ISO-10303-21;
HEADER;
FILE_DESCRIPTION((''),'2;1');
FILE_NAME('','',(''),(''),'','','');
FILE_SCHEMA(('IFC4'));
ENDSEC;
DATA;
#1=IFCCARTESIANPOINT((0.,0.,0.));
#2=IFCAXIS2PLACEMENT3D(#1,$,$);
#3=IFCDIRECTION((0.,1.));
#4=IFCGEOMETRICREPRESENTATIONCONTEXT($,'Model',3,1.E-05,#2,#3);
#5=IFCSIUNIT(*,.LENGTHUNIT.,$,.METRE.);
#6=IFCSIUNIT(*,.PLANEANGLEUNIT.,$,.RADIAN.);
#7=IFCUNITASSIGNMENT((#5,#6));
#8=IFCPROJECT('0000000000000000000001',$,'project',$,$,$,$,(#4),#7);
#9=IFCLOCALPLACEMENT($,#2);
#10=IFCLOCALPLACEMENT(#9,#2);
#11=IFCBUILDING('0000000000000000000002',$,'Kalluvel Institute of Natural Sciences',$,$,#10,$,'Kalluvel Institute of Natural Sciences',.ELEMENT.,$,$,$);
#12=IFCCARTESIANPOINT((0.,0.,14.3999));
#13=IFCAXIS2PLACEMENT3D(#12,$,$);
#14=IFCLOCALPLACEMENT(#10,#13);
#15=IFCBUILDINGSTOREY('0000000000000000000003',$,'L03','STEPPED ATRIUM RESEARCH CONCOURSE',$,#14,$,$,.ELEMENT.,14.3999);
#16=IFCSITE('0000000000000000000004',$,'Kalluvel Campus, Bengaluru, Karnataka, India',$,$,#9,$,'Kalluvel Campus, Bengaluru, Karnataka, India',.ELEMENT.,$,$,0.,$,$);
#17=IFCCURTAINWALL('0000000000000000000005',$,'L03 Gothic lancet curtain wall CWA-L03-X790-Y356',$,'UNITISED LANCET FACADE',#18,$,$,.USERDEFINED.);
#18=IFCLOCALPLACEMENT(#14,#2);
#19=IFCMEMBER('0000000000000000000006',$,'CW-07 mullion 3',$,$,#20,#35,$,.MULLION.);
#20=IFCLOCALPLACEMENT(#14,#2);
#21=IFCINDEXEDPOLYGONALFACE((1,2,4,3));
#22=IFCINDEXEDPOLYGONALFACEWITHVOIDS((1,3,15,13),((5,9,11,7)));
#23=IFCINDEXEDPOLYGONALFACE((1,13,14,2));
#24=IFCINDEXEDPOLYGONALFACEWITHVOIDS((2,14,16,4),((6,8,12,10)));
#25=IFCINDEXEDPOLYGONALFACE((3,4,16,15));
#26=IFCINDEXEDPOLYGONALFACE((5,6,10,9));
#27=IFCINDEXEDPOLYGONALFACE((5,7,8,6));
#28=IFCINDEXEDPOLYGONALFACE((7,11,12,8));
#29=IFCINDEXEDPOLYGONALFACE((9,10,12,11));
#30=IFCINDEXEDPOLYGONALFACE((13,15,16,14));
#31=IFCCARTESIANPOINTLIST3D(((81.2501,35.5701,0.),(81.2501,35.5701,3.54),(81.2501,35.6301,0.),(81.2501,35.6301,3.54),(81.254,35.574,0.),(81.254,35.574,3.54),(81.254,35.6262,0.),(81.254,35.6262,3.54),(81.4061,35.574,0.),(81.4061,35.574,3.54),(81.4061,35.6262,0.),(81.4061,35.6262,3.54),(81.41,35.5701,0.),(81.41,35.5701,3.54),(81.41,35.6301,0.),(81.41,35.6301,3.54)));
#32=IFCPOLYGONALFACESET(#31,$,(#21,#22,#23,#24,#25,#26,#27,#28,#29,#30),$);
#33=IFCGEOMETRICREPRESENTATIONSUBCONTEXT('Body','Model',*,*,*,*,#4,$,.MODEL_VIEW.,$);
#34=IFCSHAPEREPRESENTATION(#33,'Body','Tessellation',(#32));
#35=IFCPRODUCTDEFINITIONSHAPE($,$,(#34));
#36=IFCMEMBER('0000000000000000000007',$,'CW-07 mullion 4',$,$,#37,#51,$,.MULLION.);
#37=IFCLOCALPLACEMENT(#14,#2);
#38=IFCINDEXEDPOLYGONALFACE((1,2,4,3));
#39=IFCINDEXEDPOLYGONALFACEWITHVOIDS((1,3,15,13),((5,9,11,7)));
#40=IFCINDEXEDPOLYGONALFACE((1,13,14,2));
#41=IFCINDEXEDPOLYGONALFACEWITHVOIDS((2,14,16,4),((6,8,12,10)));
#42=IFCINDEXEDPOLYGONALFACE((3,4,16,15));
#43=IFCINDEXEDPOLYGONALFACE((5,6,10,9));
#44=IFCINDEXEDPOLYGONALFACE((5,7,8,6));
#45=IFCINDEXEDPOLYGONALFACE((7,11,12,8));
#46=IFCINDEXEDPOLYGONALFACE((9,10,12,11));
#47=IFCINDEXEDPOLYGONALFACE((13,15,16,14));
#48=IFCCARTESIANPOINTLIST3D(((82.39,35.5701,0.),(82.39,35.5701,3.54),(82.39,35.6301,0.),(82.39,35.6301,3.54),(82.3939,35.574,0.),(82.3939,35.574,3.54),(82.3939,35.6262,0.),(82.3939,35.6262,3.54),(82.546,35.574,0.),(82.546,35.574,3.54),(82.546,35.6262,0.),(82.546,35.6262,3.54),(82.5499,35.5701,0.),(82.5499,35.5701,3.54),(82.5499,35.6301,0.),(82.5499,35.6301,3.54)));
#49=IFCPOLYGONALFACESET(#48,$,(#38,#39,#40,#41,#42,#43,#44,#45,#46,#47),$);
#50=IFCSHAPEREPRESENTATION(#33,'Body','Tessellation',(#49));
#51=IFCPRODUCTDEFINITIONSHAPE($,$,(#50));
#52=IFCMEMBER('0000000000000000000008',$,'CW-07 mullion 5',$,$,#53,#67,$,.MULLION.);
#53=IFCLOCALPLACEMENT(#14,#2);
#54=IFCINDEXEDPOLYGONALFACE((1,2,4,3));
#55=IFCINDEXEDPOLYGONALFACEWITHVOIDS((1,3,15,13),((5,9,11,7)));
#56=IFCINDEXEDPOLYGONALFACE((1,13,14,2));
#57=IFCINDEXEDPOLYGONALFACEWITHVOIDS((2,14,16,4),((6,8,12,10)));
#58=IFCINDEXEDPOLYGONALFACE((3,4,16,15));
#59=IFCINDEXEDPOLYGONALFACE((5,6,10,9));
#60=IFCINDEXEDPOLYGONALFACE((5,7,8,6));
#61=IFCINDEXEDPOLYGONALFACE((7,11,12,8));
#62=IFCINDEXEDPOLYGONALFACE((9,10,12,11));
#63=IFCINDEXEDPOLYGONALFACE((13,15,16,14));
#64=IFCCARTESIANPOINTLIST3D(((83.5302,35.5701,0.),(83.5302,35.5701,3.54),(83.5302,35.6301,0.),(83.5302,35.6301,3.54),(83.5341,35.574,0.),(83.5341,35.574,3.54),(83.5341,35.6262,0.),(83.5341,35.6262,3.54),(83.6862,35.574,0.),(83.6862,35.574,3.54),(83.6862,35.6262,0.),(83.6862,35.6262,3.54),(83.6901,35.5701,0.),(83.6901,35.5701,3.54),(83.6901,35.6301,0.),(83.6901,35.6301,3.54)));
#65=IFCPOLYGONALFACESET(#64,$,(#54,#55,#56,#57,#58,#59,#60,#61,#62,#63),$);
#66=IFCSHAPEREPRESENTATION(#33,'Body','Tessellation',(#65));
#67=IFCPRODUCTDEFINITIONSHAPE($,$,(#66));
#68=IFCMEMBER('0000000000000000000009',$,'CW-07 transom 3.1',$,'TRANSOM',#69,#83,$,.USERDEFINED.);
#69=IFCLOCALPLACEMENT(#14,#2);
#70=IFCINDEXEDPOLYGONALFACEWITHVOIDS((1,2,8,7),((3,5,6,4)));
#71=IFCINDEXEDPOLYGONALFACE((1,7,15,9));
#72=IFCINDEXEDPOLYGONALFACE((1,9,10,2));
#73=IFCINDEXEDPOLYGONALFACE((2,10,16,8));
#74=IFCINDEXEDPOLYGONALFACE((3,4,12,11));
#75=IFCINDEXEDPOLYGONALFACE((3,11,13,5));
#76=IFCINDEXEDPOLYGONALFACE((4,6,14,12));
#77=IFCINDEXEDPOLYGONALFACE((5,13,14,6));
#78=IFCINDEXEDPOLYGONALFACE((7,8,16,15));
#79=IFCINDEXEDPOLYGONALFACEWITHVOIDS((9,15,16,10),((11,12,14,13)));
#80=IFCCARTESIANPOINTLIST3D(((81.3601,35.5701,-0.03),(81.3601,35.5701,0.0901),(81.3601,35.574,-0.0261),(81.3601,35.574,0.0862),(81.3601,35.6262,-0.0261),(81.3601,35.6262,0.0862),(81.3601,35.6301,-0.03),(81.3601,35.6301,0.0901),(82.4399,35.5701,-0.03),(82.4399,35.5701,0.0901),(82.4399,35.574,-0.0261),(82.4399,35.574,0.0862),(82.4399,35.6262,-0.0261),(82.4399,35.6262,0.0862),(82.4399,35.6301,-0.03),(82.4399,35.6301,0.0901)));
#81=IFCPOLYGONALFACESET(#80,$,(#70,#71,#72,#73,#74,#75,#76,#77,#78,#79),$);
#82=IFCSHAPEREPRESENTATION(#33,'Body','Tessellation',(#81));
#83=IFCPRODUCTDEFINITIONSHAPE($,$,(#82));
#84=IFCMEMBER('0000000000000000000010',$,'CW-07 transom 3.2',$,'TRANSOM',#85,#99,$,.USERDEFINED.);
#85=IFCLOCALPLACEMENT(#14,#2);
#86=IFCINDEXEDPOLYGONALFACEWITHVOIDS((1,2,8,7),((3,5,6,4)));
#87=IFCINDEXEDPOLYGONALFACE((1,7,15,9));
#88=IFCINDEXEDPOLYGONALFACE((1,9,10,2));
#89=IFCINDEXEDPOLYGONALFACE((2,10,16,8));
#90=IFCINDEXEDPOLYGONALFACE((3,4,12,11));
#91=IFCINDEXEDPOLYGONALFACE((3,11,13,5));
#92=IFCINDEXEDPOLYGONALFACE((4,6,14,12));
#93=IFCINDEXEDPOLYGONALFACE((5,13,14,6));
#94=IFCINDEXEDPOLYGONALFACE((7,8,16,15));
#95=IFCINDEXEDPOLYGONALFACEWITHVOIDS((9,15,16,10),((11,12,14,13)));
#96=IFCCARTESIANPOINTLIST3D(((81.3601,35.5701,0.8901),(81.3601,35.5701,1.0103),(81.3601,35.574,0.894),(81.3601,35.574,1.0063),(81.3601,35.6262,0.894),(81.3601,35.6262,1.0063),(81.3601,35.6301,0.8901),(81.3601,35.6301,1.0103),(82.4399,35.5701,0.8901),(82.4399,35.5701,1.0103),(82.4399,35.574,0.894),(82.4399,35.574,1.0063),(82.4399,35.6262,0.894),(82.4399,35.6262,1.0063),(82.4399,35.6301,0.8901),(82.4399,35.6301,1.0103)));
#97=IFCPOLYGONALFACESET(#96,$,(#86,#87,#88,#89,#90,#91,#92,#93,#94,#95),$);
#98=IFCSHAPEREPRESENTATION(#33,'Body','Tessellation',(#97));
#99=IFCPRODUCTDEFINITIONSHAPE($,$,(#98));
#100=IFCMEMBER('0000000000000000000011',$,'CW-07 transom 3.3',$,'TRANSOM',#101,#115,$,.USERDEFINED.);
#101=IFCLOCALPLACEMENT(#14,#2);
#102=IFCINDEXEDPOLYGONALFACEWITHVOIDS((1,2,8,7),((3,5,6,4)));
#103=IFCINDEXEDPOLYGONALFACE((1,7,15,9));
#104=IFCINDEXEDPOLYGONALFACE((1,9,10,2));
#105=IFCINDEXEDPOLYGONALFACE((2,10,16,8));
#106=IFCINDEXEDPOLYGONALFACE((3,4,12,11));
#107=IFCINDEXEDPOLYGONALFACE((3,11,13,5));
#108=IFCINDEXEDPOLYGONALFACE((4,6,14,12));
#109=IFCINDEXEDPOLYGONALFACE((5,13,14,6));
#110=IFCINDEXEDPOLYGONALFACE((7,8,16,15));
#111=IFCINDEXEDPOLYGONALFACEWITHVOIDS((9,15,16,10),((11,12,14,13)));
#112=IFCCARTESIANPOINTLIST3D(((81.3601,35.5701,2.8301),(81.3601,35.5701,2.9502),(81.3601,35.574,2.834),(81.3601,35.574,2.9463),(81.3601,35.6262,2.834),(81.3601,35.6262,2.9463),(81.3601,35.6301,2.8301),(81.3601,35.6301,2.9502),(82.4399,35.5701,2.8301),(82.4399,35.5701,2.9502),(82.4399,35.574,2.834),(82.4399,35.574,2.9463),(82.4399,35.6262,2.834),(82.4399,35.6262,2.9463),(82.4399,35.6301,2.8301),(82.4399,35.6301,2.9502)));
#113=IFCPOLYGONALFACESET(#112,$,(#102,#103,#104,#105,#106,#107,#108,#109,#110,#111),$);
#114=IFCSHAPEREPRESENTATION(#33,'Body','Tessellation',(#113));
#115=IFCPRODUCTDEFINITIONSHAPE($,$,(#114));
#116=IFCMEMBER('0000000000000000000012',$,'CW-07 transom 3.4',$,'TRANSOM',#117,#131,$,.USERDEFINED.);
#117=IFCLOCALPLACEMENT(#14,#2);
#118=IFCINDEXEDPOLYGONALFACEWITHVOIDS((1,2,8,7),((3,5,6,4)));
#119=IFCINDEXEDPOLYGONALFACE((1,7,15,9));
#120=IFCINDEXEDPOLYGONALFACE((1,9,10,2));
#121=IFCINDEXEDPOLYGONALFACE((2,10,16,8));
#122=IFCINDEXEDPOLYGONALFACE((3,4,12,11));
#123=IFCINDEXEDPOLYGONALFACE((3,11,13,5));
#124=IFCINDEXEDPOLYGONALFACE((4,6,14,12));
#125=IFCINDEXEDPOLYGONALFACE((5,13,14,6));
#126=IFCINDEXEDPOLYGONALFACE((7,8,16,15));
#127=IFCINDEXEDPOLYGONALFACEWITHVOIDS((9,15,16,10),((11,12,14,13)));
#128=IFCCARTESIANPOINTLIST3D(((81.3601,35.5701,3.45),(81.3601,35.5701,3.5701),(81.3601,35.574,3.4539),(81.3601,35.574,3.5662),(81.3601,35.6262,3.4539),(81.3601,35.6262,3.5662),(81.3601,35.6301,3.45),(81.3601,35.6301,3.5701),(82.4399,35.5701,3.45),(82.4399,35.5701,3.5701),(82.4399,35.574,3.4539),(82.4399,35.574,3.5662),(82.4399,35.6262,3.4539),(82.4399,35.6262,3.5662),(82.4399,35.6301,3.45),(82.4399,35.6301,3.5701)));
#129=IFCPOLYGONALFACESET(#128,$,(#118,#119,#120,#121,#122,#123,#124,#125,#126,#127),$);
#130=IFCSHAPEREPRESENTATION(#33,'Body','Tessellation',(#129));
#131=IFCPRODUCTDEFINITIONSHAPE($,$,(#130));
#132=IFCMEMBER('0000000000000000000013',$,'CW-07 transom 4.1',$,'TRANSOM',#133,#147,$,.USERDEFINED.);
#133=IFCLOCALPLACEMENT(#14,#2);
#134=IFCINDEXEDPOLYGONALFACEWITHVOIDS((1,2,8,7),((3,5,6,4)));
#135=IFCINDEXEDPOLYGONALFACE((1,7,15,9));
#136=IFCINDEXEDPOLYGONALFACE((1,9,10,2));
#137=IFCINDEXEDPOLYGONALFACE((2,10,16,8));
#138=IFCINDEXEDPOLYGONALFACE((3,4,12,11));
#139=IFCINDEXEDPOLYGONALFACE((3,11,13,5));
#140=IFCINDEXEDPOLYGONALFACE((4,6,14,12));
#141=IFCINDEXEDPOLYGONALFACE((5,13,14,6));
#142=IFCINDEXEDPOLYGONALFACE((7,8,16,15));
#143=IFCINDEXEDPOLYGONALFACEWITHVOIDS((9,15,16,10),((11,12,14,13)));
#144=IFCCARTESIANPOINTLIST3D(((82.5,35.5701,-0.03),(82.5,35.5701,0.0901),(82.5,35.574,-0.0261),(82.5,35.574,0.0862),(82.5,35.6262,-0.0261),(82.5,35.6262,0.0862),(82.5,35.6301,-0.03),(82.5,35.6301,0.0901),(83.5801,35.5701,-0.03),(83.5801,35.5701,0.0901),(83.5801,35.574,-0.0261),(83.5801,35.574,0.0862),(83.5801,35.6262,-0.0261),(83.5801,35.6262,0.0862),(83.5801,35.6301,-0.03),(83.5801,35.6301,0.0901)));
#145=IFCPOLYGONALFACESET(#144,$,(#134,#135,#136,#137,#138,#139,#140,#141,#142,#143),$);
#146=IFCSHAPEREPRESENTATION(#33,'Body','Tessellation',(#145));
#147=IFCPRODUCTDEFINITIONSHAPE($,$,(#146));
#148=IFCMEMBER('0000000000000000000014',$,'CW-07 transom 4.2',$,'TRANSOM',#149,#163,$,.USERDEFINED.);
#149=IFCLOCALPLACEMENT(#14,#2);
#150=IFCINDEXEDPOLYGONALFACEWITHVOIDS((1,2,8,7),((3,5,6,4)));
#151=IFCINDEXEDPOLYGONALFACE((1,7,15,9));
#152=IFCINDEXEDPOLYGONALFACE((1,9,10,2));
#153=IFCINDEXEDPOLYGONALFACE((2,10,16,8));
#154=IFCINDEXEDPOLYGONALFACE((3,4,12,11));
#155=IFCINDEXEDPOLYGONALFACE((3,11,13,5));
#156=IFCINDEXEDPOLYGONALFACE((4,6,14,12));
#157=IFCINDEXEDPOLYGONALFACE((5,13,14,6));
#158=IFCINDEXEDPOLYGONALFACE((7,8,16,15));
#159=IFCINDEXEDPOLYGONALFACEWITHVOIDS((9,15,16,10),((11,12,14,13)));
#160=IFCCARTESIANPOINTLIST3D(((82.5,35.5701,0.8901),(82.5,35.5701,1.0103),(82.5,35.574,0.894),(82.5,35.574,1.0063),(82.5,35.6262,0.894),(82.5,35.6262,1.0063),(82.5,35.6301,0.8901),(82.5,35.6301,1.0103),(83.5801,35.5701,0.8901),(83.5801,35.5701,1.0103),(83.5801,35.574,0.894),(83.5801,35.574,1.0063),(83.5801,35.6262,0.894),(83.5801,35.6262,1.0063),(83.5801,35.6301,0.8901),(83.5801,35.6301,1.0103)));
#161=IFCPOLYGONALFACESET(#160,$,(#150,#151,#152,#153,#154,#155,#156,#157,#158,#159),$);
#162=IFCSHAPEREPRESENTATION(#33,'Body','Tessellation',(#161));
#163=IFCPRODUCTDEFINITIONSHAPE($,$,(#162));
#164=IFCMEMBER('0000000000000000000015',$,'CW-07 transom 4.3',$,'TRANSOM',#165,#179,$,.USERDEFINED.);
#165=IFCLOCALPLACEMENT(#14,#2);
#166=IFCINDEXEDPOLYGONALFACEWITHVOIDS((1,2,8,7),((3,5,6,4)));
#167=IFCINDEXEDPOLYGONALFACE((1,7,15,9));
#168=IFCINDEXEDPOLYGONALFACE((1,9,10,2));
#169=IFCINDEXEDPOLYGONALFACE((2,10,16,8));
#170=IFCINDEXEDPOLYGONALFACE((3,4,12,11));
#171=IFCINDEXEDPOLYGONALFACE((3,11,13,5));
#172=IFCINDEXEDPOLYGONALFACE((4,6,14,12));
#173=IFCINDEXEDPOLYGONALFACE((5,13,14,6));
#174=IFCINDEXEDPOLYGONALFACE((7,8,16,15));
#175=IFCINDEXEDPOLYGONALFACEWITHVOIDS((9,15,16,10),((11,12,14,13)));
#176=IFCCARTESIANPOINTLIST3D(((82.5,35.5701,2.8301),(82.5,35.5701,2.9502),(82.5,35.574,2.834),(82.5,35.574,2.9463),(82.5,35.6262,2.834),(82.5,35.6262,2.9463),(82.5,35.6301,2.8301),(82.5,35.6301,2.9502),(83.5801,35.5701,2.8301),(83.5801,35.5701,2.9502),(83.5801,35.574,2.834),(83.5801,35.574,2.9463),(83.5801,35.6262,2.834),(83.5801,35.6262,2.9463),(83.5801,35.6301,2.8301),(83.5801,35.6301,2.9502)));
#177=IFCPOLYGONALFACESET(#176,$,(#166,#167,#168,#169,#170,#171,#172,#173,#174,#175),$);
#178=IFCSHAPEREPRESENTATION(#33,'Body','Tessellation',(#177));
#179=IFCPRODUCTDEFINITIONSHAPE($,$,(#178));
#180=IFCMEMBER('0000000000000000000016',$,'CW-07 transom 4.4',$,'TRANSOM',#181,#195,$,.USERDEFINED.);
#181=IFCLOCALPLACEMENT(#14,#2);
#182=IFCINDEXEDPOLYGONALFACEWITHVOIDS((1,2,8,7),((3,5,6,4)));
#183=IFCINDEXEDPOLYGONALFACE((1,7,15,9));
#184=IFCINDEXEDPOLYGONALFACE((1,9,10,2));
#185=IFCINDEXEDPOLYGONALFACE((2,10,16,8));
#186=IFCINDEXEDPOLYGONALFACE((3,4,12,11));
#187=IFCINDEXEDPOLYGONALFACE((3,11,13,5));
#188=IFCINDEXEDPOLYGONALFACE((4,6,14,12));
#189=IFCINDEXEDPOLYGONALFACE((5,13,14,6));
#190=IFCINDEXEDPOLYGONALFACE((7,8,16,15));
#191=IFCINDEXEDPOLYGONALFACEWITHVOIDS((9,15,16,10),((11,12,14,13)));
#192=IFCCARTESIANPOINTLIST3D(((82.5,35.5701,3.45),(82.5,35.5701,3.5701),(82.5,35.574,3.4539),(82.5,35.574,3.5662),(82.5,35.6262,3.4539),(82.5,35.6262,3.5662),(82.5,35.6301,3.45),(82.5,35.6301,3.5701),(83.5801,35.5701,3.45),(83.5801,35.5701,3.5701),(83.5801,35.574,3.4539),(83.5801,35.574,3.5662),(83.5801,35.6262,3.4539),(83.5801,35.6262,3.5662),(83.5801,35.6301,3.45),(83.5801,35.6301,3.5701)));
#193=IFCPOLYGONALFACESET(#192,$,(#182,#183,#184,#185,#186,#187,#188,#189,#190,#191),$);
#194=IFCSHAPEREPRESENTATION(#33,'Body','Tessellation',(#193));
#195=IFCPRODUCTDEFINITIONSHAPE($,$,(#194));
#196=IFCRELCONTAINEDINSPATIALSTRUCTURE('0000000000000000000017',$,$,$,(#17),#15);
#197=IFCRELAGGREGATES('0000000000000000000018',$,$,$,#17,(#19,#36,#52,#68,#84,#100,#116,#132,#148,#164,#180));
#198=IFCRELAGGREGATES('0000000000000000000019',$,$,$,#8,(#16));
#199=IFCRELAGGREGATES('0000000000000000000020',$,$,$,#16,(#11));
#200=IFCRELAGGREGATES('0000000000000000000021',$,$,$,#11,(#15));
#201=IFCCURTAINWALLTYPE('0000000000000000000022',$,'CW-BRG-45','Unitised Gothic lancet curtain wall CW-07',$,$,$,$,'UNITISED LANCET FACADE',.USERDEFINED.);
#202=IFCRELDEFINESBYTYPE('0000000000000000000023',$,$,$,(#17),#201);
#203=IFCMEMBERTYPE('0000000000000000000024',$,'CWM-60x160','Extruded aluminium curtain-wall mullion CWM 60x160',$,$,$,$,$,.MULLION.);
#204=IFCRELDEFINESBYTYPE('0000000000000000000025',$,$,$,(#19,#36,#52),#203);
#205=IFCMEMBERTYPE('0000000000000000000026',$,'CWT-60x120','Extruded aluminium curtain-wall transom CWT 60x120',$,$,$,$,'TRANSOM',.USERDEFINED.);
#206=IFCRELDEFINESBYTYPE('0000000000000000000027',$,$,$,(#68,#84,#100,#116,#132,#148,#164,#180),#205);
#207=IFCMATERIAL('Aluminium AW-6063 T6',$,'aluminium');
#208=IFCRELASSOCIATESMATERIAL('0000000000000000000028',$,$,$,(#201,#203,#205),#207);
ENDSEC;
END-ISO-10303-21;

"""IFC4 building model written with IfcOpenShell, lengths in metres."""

from ifc_helpers import new_model, si_unit, direction, frame, origin, origin_2d, place, context, subcontext, project, spatial, hollow_rectangle, extrude, material, material_profile, profile_set, type_object, element, aggregate, save


model = new_model("IFC4")

# Units and contexts
model_context = context("Model", 3, precision=1e-05, world=origin(), true_north=direction((0.0, 1.0)))
body_context = subcontext(model_context, "Body", "Model", "MODEL_VIEW")
ifc_project = project(units=[si_unit("LENGTHUNIT", "METRE"), si_unit("PLANEANGLEUNIT", "RADIAN")], contexts=[model_context])

# Site, building, storey
site_placement = place(None, origin())
site = spatial("IfcSite", under=ifc_project, at=site_placement, Name="Kalluvel Campus, Bengaluru, Karnataka, India", LongName="Kalluvel Campus, Bengaluru, Karnataka, India", CompositionType="ELEMENT", RefElevation=0.0)
building_placement = place(site_placement, origin())
building = spatial("IfcBuilding", under=site, at=building_placement, Name="Kalluvel Institute of Natural Sciences", LongName="Kalluvel Institute of Natural Sciences", CompositionType="ELEMENT")
storey_placement = place(building_placement, frame((0.0, 0.0, 14.3999)))
storey = spatial("IfcBuildingStorey", under=building, at=storey_placement, Name="L03", Description="STEPPED ATRIUM RESEARCH CONCOURSE", CompositionType="ELEMENT", Elevation=14.3999)

# Curtain wall, members
ifc_material_1 = material(Name="Aluminium AW-6063 T6", Category="aluminium")
curtain_wall_type = type_object("IfcCurtainWallType", Name="CW-BRG-45", Description="Unitised Gothic lancet curtain wall CW-07", ElementType="UNITISED LANCET FACADE", PredefinedType="USERDEFINED", material=ifc_material_1)
curtain_wall_placement = place(storey_placement, origin())
curtain_wall = element("IfcCurtainWall", 1, at=curtain_wall_placement, inside=storey, type_object=curtain_wall_type, Name="L03 Gothic lancet curtain wall CWA-L03-X790-Y356", ObjectType="UNITISED LANCET FACADE", PredefinedType="USERDEFINED")
ifc_material_profile_1 = material_profile(ifc_material_1, hollow_rectangle(XDim=0.0601, YDim=0.1599, WallThickness=0.0039, at=origin_2d()), Name="CWM 60x160")
ifc_profile_set_1 = profile_set([ifc_material_profile_1], Name="Aluminium AW-6063 T6")
member_type_1 = type_object("IfcMemberType", Name="CWM-60x160", Description="Extruded aluminium curtain-wall mullion CWM 60x160", PredefinedType="MULLION", material=ifc_profile_set_1)
member_1_placement = place(storey_placement, frame((81.3301, 35.6001, 0.0), z_axis=(0.0, 0.0, 1.0), x_axis=(0.0, 1.0, 0.0)))
member_1 = element("IfcMember", 2, at=member_1_placement, type_object=member_type_1, Name="CW-07 mullion 3", PredefinedType="MULLION", context=body_context, shape_type="SweptSolid", body=[
    extrude(hollow_rectangle(XDim=0.0601, YDim=0.1599, WallThickness=0.0039, at=origin_2d()), origin(), (0.0, 0.0, 1.0), 3.54),
])
member_2_placement = place(storey_placement, frame((82.47, 35.6001, 0.0), z_axis=(0.0, 0.0, 1.0), x_axis=(0.0, 1.0, 0.0)))
member_2 = element("IfcMember", 3, at=member_2_placement, type_object=member_type_1, Name="CW-07 mullion 4", PredefinedType="MULLION", context=body_context, shape_type="SweptSolid", body=[
    extrude(hollow_rectangle(XDim=0.0601, YDim=0.1599, WallThickness=0.0039, at=origin_2d()), origin(), (0.0, 0.0, 1.0), 3.54),
])
member_3_placement = place(storey_placement, frame((83.6101, 35.6001, 0.0), z_axis=(0.0, 0.0, 1.0), x_axis=(0.0, 1.0, 0.0)))
member_3 = element("IfcMember", 4, at=member_3_placement, type_object=member_type_1, Name="CW-07 mullion 5", PredefinedType="MULLION", context=body_context, shape_type="SweptSolid", body=[
    extrude(hollow_rectangle(XDim=0.0601, YDim=0.1599, WallThickness=0.0039, at=origin_2d()), origin(), (0.0, 0.0, 1.0), 3.54),
])
ifc_material_profile_2 = material_profile(ifc_material_1, hollow_rectangle(XDim=0.0601, YDim=0.1201, WallThickness=0.0039, at=origin_2d()), Name="CWT 60x120")
ifc_profile_set_2 = profile_set([ifc_material_profile_2], Name="Aluminium AW-6063 T6")
member_type_2 = type_object("IfcMemberType", Name="CWT-60x120", Description="Extruded aluminium curtain-wall transom CWT 60x120", ElementType="TRANSOM", PredefinedType="USERDEFINED", material=ifc_profile_set_2)
member_4_placement = place(storey_placement, frame((81.3601, 35.6001, 0.03), z_axis=(1.0, 0.0, 0.0), x_axis=(0.0, 1.0, 0.0)))
member_4 = element("IfcMember", 5, at=member_4_placement, type_object=member_type_2, Name="CW-07 transom 3.1", ObjectType="TRANSOM", PredefinedType="USERDEFINED", context=body_context, shape_type="SweptSolid", body=[
    extrude(hollow_rectangle(XDim=0.0601, YDim=0.1201, WallThickness=0.0039, at=origin_2d()), origin(), (0.0, 0.0, 1.0), 1.0798),
])
member_5_placement = place(storey_placement, frame((81.3601, 35.6001, 0.9502), z_axis=(1.0, 0.0, 0.0), x_axis=(0.0, 1.0, 0.0)))
member_5 = element("IfcMember", 6, at=member_5_placement, type_object=member_type_2, Name="CW-07 transom 3.2", ObjectType="TRANSOM", PredefinedType="USERDEFINED", context=body_context, shape_type="SweptSolid", body=[
    extrude(hollow_rectangle(XDim=0.0601, YDim=0.1201, WallThickness=0.0039, at=origin_2d()), origin(), (0.0, 0.0, 1.0), 1.0798),
])
member_6_placement = place(storey_placement, frame((81.3601, 35.6001, 2.8901), z_axis=(1.0, 0.0, 0.0), x_axis=(0.0, 1.0, 0.0)))
member_6 = element("IfcMember", 7, at=member_6_placement, type_object=member_type_2, Name="CW-07 transom 3.3", ObjectType="TRANSOM", PredefinedType="USERDEFINED", context=body_context, shape_type="SweptSolid", body=[
    extrude(hollow_rectangle(XDim=0.0601, YDim=0.1201, WallThickness=0.0039, at=origin_2d()), origin(), (0.0, 0.0, 1.0), 1.0798),
])
member_7_placement = place(storey_placement, frame((81.3601, 35.6001, 3.51), z_axis=(1.0, 0.0, 0.0), x_axis=(0.0, 1.0, 0.0)))
member_7 = element("IfcMember", 8, at=member_7_placement, type_object=member_type_2, Name="CW-07 transom 3.4", ObjectType="TRANSOM", PredefinedType="USERDEFINED", context=body_context, shape_type="SweptSolid", body=[
    extrude(hollow_rectangle(XDim=0.0601, YDim=0.1201, WallThickness=0.0039, at=origin_2d()), origin(), (0.0, 0.0, 1.0), 1.0798),
])
member_8_placement = place(storey_placement, frame((82.5, 35.6001, 0.03), z_axis=(1.0, 0.0, 0.0), x_axis=(0.0, 1.0, 0.0)))
member_8 = element("IfcMember", 9, at=member_8_placement, type_object=member_type_2, Name="CW-07 transom 4.1", ObjectType="TRANSOM", PredefinedType="USERDEFINED", context=body_context, shape_type="SweptSolid", body=[
    extrude(hollow_rectangle(XDim=0.0601, YDim=0.1201, WallThickness=0.0039, at=origin_2d()), origin(), (0.0, 0.0, 1.0), 1.0801),
])
member_9_placement = place(storey_placement, frame((82.5, 35.6001, 0.9502), z_axis=(1.0, 0.0, 0.0), x_axis=(0.0, 1.0, 0.0)))
member_9 = element("IfcMember", 10, at=member_9_placement, type_object=member_type_2, Name="CW-07 transom 4.2", ObjectType="TRANSOM", PredefinedType="USERDEFINED", context=body_context, shape_type="SweptSolid", body=[
    extrude(hollow_rectangle(XDim=0.0601, YDim=0.1201, WallThickness=0.0039, at=origin_2d()), origin(), (0.0, 0.0, 1.0), 1.0801),
])
member_10_placement = place(storey_placement, frame((82.5, 35.6001, 2.8901), z_axis=(1.0, 0.0, 0.0), x_axis=(0.0, 1.0, 0.0)))
member_10 = element("IfcMember", 11, at=member_10_placement, type_object=member_type_2, Name="CW-07 transom 4.3", ObjectType="TRANSOM", PredefinedType="USERDEFINED", context=body_context, shape_type="SweptSolid", body=[
    extrude(hollow_rectangle(XDim=0.0601, YDim=0.1201, WallThickness=0.0039, at=origin_2d()), origin(), (0.0, 0.0, 1.0), 1.0801),
])
member_11_placement = place(storey_placement, frame((82.5, 35.6001, 3.51), z_axis=(1.0, 0.0, 0.0), x_axis=(0.0, 1.0, 0.0)))
member_11 = element("IfcMember", 12, at=member_11_placement, type_object=member_type_2, Name="CW-07 transom 4.4", ObjectType="TRANSOM", PredefinedType="USERDEFINED", context=body_context, shape_type="SweptSolid", body=[
    extrude(hollow_rectangle(XDim=0.0601, YDim=0.1201, WallThickness=0.0039, at=origin_2d()), origin(), (0.0, 0.0, 1.0), 1.0801),
])

aggregate(curtain_wall, [member_1, member_2, member_3, member_4, member_5, member_6, member_7, member_8, member_9, member_10, member_11])

save(model, "model.ifc")
